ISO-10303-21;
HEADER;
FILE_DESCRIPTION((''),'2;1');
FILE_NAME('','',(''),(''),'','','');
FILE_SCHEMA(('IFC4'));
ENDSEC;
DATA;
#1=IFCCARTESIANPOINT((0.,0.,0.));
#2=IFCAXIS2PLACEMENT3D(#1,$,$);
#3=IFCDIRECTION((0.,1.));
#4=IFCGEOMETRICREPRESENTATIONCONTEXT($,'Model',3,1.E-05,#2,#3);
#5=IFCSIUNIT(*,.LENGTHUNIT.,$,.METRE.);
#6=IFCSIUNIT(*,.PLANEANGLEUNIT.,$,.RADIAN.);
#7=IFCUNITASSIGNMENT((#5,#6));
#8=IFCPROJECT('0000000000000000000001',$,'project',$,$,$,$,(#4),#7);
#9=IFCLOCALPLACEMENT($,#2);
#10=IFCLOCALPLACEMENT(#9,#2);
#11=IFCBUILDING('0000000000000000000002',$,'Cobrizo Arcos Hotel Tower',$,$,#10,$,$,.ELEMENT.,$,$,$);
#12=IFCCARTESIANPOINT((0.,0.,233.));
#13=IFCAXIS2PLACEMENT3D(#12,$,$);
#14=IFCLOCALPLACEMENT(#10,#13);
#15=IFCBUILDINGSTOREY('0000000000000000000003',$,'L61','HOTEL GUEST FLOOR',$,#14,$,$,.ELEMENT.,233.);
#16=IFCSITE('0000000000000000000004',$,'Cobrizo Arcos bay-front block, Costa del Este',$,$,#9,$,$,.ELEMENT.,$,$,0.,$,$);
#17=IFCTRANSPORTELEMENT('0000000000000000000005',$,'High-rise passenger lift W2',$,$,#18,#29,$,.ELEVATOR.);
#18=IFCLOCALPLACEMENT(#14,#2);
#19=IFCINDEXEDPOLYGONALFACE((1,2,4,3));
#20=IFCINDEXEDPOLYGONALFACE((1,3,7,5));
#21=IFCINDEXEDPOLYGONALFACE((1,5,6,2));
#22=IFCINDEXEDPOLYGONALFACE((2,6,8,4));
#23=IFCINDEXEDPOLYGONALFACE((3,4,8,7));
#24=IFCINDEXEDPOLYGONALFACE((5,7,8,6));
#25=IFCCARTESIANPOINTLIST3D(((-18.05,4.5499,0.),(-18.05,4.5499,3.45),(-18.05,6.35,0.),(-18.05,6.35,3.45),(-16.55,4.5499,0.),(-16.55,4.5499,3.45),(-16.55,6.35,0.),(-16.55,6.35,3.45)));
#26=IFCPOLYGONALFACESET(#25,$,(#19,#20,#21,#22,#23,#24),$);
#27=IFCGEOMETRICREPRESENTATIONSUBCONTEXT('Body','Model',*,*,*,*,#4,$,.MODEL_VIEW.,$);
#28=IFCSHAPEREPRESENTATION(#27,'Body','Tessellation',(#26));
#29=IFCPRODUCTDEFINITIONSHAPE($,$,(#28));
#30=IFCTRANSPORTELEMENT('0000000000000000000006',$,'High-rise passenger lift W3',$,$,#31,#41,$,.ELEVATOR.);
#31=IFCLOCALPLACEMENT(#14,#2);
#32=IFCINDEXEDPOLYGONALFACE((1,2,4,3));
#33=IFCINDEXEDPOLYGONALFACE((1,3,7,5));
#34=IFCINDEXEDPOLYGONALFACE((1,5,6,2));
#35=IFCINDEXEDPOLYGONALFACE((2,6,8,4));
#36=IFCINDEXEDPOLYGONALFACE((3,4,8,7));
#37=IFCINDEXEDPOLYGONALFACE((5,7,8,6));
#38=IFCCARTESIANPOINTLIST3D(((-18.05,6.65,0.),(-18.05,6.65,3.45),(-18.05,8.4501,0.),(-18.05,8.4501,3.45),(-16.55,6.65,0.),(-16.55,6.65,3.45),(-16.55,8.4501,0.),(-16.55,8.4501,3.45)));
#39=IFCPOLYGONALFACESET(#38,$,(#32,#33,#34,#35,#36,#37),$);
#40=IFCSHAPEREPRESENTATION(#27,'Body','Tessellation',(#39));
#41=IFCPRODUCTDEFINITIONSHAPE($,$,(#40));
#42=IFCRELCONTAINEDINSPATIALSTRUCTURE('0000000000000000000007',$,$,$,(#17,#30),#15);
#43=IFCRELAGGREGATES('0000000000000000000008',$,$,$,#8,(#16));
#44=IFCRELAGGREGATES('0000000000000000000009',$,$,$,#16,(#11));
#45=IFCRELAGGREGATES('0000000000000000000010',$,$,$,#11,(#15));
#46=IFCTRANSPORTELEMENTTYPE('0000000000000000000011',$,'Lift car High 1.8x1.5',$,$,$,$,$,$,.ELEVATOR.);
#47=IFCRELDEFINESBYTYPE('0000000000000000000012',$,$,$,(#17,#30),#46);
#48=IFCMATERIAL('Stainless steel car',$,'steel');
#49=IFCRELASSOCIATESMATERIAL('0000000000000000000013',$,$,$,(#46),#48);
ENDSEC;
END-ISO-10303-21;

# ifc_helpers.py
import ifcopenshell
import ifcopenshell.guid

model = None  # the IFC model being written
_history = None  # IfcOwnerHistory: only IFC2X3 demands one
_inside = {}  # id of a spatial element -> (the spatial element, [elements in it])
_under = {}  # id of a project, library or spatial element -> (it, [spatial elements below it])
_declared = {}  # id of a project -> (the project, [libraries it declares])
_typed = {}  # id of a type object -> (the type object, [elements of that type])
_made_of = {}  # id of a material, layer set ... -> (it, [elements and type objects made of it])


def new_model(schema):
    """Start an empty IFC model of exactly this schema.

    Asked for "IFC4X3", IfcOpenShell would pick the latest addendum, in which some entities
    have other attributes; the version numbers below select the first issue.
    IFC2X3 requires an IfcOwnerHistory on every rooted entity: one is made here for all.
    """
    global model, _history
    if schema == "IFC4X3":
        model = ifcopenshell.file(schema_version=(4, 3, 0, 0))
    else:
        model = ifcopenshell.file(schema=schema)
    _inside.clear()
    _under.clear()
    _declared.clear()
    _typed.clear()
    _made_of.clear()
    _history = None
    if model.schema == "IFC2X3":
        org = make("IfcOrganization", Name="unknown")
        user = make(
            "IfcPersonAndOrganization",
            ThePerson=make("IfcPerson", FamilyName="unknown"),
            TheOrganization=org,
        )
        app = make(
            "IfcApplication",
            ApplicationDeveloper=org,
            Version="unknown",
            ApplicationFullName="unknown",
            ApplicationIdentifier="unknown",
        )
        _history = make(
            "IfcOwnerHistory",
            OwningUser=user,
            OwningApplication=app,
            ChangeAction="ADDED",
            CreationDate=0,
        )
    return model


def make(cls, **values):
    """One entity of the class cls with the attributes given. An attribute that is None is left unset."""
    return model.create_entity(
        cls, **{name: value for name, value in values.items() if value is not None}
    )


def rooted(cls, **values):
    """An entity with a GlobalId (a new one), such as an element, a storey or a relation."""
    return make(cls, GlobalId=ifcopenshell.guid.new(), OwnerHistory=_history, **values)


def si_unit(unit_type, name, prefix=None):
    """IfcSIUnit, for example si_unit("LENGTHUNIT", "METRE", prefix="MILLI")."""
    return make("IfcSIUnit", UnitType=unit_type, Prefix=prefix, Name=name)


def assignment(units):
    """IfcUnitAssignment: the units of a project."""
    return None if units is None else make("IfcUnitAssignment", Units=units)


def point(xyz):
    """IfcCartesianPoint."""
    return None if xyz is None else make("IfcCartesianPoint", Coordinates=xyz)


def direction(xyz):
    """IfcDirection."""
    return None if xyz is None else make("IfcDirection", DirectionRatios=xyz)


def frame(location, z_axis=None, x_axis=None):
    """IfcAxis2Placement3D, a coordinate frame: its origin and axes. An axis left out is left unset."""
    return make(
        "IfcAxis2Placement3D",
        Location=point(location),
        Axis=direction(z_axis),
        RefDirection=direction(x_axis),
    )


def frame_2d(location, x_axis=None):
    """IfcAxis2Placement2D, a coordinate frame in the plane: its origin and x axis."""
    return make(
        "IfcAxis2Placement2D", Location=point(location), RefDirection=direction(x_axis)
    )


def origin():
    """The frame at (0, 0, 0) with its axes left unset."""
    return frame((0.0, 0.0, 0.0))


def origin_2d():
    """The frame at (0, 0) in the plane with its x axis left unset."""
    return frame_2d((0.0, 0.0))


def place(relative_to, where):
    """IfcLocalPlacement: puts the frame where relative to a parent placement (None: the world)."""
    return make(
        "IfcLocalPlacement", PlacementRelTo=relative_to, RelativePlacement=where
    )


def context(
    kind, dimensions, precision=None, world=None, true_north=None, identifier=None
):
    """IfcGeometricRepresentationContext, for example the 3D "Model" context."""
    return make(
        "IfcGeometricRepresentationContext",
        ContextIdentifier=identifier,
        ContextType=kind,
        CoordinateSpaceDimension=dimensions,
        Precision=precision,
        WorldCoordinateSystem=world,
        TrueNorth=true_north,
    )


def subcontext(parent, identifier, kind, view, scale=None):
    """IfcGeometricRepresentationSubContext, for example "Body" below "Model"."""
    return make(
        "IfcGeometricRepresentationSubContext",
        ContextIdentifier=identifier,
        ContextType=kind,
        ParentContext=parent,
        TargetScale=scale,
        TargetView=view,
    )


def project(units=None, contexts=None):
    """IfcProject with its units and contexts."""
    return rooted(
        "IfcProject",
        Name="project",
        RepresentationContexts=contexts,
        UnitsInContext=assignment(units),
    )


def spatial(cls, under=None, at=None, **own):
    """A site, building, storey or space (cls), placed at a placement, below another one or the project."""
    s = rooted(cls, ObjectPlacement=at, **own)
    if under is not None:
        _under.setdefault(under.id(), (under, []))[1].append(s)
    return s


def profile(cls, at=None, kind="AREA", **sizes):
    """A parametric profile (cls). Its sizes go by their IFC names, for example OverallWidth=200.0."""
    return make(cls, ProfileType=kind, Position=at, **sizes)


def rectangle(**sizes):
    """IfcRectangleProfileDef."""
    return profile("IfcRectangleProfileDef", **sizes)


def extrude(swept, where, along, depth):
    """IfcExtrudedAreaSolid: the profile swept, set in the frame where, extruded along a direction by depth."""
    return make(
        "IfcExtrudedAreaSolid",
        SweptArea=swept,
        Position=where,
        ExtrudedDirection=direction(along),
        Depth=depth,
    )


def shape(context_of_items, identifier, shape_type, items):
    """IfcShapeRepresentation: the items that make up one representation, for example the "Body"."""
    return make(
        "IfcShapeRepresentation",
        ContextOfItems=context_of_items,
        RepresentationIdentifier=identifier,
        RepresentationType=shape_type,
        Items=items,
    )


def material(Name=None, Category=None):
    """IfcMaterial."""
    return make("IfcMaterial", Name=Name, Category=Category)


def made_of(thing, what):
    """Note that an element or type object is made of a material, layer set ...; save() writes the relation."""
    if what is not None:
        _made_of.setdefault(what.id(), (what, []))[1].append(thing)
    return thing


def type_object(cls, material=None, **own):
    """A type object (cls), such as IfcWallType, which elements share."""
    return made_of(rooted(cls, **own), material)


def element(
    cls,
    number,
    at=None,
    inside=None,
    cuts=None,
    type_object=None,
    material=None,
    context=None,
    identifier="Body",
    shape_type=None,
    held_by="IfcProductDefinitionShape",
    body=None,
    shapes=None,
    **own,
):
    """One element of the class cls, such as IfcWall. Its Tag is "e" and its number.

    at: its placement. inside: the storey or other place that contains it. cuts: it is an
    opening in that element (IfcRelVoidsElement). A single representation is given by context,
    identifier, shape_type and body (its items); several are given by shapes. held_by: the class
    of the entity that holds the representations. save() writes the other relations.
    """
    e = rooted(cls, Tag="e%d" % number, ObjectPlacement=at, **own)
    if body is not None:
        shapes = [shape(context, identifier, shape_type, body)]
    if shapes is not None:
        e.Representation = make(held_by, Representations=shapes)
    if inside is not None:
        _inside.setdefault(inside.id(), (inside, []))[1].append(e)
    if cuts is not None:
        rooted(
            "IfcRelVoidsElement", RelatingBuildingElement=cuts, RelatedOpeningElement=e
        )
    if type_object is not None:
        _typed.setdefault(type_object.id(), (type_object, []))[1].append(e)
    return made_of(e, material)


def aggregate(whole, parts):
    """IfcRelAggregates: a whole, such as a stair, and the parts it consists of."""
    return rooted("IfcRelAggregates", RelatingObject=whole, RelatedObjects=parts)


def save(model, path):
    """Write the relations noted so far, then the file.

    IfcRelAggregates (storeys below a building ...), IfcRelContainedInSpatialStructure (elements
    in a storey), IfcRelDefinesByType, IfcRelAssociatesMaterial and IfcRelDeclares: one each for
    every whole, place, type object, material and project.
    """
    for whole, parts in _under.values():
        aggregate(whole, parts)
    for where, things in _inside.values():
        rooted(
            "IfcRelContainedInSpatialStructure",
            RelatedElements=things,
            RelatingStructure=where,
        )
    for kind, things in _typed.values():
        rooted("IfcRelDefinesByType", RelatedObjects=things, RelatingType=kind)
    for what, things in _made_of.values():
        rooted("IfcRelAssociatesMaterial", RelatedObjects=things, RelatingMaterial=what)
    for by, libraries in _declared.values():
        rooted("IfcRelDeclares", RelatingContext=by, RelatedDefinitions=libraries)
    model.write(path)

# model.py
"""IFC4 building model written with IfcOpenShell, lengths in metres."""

from ifc_helpers import new_model, si_unit, direction, frame, origin, origin_2d, place, context, subcontext, project, spatial, rectangle, extrude, material, type_object, element, save


model = new_model("IFC4")

# Units and contexts
model_context = context("Model", 3, precision=1e-05, world=origin(), true_north=direction((0.0, 1.0)))
body_context = subcontext(model_context, "Body", "Model", "MODEL_VIEW")
ifc_project = project(units=[si_unit("LENGTHUNIT", "METRE"), si_unit("PLANEANGLEUNIT", "RADIAN")], contexts=[model_context])

# Site, building, storey
site_placement = place(None, origin())
site = spatial("IfcSite", under=ifc_project, at=site_placement, Name="Cobrizo Arcos bay-front block, Costa del Este", CompositionType="ELEMENT", RefElevation=0.0)
building_placement = place(site_placement, origin())
building = spatial("IfcBuilding", under=site, at=building_placement, Name="Cobrizo Arcos Hotel Tower", CompositionType="ELEMENT")
storey_placement = place(building_placement, frame((0.0, 0.0, 233.0)))
storey = spatial("IfcBuildingStorey", under=building, at=storey_placement, Name="L61", Description="HOTEL GUEST FLOOR", CompositionType="ELEMENT", Elevation=233.0)

# Transport elements
ifc_material_1 = material(Name="Stainless steel car", Category="steel")
transport_element_type = type_object("IfcTransportElementType", Name="Lift car High 1.8x1.5", PredefinedType="ELEVATOR", material=ifc_material_1)
for number, where, z_axis, x_axis, name in (
    (1, (-17.3, 5.45, 0.0), (0.0, 0.0, 1.0), (1.0, 0.0, 0.0), "High-rise passenger lift W2"),
    (2, (-17.3, 7.55, 0.0), (0.0, 0.0, 1.0), (1.0, 0.0, 0.0), "High-rise passenger lift W3"),
):
    element("IfcTransportElement", number, at=place(storey_placement, frame(where, z_axis=z_axis, x_axis=x_axis)), inside=storey, type_object=transport_element_type, Name=name, PredefinedType="ELEVATOR", context=body_context, shape_type="SweptSolid", body=[
        extrude(rectangle(XDim=1.5, YDim=1.8, at=origin_2d()), origin(), (0.0, 0.0, 1.0), 3.45),
    ])

save(model, "model.ifc")
